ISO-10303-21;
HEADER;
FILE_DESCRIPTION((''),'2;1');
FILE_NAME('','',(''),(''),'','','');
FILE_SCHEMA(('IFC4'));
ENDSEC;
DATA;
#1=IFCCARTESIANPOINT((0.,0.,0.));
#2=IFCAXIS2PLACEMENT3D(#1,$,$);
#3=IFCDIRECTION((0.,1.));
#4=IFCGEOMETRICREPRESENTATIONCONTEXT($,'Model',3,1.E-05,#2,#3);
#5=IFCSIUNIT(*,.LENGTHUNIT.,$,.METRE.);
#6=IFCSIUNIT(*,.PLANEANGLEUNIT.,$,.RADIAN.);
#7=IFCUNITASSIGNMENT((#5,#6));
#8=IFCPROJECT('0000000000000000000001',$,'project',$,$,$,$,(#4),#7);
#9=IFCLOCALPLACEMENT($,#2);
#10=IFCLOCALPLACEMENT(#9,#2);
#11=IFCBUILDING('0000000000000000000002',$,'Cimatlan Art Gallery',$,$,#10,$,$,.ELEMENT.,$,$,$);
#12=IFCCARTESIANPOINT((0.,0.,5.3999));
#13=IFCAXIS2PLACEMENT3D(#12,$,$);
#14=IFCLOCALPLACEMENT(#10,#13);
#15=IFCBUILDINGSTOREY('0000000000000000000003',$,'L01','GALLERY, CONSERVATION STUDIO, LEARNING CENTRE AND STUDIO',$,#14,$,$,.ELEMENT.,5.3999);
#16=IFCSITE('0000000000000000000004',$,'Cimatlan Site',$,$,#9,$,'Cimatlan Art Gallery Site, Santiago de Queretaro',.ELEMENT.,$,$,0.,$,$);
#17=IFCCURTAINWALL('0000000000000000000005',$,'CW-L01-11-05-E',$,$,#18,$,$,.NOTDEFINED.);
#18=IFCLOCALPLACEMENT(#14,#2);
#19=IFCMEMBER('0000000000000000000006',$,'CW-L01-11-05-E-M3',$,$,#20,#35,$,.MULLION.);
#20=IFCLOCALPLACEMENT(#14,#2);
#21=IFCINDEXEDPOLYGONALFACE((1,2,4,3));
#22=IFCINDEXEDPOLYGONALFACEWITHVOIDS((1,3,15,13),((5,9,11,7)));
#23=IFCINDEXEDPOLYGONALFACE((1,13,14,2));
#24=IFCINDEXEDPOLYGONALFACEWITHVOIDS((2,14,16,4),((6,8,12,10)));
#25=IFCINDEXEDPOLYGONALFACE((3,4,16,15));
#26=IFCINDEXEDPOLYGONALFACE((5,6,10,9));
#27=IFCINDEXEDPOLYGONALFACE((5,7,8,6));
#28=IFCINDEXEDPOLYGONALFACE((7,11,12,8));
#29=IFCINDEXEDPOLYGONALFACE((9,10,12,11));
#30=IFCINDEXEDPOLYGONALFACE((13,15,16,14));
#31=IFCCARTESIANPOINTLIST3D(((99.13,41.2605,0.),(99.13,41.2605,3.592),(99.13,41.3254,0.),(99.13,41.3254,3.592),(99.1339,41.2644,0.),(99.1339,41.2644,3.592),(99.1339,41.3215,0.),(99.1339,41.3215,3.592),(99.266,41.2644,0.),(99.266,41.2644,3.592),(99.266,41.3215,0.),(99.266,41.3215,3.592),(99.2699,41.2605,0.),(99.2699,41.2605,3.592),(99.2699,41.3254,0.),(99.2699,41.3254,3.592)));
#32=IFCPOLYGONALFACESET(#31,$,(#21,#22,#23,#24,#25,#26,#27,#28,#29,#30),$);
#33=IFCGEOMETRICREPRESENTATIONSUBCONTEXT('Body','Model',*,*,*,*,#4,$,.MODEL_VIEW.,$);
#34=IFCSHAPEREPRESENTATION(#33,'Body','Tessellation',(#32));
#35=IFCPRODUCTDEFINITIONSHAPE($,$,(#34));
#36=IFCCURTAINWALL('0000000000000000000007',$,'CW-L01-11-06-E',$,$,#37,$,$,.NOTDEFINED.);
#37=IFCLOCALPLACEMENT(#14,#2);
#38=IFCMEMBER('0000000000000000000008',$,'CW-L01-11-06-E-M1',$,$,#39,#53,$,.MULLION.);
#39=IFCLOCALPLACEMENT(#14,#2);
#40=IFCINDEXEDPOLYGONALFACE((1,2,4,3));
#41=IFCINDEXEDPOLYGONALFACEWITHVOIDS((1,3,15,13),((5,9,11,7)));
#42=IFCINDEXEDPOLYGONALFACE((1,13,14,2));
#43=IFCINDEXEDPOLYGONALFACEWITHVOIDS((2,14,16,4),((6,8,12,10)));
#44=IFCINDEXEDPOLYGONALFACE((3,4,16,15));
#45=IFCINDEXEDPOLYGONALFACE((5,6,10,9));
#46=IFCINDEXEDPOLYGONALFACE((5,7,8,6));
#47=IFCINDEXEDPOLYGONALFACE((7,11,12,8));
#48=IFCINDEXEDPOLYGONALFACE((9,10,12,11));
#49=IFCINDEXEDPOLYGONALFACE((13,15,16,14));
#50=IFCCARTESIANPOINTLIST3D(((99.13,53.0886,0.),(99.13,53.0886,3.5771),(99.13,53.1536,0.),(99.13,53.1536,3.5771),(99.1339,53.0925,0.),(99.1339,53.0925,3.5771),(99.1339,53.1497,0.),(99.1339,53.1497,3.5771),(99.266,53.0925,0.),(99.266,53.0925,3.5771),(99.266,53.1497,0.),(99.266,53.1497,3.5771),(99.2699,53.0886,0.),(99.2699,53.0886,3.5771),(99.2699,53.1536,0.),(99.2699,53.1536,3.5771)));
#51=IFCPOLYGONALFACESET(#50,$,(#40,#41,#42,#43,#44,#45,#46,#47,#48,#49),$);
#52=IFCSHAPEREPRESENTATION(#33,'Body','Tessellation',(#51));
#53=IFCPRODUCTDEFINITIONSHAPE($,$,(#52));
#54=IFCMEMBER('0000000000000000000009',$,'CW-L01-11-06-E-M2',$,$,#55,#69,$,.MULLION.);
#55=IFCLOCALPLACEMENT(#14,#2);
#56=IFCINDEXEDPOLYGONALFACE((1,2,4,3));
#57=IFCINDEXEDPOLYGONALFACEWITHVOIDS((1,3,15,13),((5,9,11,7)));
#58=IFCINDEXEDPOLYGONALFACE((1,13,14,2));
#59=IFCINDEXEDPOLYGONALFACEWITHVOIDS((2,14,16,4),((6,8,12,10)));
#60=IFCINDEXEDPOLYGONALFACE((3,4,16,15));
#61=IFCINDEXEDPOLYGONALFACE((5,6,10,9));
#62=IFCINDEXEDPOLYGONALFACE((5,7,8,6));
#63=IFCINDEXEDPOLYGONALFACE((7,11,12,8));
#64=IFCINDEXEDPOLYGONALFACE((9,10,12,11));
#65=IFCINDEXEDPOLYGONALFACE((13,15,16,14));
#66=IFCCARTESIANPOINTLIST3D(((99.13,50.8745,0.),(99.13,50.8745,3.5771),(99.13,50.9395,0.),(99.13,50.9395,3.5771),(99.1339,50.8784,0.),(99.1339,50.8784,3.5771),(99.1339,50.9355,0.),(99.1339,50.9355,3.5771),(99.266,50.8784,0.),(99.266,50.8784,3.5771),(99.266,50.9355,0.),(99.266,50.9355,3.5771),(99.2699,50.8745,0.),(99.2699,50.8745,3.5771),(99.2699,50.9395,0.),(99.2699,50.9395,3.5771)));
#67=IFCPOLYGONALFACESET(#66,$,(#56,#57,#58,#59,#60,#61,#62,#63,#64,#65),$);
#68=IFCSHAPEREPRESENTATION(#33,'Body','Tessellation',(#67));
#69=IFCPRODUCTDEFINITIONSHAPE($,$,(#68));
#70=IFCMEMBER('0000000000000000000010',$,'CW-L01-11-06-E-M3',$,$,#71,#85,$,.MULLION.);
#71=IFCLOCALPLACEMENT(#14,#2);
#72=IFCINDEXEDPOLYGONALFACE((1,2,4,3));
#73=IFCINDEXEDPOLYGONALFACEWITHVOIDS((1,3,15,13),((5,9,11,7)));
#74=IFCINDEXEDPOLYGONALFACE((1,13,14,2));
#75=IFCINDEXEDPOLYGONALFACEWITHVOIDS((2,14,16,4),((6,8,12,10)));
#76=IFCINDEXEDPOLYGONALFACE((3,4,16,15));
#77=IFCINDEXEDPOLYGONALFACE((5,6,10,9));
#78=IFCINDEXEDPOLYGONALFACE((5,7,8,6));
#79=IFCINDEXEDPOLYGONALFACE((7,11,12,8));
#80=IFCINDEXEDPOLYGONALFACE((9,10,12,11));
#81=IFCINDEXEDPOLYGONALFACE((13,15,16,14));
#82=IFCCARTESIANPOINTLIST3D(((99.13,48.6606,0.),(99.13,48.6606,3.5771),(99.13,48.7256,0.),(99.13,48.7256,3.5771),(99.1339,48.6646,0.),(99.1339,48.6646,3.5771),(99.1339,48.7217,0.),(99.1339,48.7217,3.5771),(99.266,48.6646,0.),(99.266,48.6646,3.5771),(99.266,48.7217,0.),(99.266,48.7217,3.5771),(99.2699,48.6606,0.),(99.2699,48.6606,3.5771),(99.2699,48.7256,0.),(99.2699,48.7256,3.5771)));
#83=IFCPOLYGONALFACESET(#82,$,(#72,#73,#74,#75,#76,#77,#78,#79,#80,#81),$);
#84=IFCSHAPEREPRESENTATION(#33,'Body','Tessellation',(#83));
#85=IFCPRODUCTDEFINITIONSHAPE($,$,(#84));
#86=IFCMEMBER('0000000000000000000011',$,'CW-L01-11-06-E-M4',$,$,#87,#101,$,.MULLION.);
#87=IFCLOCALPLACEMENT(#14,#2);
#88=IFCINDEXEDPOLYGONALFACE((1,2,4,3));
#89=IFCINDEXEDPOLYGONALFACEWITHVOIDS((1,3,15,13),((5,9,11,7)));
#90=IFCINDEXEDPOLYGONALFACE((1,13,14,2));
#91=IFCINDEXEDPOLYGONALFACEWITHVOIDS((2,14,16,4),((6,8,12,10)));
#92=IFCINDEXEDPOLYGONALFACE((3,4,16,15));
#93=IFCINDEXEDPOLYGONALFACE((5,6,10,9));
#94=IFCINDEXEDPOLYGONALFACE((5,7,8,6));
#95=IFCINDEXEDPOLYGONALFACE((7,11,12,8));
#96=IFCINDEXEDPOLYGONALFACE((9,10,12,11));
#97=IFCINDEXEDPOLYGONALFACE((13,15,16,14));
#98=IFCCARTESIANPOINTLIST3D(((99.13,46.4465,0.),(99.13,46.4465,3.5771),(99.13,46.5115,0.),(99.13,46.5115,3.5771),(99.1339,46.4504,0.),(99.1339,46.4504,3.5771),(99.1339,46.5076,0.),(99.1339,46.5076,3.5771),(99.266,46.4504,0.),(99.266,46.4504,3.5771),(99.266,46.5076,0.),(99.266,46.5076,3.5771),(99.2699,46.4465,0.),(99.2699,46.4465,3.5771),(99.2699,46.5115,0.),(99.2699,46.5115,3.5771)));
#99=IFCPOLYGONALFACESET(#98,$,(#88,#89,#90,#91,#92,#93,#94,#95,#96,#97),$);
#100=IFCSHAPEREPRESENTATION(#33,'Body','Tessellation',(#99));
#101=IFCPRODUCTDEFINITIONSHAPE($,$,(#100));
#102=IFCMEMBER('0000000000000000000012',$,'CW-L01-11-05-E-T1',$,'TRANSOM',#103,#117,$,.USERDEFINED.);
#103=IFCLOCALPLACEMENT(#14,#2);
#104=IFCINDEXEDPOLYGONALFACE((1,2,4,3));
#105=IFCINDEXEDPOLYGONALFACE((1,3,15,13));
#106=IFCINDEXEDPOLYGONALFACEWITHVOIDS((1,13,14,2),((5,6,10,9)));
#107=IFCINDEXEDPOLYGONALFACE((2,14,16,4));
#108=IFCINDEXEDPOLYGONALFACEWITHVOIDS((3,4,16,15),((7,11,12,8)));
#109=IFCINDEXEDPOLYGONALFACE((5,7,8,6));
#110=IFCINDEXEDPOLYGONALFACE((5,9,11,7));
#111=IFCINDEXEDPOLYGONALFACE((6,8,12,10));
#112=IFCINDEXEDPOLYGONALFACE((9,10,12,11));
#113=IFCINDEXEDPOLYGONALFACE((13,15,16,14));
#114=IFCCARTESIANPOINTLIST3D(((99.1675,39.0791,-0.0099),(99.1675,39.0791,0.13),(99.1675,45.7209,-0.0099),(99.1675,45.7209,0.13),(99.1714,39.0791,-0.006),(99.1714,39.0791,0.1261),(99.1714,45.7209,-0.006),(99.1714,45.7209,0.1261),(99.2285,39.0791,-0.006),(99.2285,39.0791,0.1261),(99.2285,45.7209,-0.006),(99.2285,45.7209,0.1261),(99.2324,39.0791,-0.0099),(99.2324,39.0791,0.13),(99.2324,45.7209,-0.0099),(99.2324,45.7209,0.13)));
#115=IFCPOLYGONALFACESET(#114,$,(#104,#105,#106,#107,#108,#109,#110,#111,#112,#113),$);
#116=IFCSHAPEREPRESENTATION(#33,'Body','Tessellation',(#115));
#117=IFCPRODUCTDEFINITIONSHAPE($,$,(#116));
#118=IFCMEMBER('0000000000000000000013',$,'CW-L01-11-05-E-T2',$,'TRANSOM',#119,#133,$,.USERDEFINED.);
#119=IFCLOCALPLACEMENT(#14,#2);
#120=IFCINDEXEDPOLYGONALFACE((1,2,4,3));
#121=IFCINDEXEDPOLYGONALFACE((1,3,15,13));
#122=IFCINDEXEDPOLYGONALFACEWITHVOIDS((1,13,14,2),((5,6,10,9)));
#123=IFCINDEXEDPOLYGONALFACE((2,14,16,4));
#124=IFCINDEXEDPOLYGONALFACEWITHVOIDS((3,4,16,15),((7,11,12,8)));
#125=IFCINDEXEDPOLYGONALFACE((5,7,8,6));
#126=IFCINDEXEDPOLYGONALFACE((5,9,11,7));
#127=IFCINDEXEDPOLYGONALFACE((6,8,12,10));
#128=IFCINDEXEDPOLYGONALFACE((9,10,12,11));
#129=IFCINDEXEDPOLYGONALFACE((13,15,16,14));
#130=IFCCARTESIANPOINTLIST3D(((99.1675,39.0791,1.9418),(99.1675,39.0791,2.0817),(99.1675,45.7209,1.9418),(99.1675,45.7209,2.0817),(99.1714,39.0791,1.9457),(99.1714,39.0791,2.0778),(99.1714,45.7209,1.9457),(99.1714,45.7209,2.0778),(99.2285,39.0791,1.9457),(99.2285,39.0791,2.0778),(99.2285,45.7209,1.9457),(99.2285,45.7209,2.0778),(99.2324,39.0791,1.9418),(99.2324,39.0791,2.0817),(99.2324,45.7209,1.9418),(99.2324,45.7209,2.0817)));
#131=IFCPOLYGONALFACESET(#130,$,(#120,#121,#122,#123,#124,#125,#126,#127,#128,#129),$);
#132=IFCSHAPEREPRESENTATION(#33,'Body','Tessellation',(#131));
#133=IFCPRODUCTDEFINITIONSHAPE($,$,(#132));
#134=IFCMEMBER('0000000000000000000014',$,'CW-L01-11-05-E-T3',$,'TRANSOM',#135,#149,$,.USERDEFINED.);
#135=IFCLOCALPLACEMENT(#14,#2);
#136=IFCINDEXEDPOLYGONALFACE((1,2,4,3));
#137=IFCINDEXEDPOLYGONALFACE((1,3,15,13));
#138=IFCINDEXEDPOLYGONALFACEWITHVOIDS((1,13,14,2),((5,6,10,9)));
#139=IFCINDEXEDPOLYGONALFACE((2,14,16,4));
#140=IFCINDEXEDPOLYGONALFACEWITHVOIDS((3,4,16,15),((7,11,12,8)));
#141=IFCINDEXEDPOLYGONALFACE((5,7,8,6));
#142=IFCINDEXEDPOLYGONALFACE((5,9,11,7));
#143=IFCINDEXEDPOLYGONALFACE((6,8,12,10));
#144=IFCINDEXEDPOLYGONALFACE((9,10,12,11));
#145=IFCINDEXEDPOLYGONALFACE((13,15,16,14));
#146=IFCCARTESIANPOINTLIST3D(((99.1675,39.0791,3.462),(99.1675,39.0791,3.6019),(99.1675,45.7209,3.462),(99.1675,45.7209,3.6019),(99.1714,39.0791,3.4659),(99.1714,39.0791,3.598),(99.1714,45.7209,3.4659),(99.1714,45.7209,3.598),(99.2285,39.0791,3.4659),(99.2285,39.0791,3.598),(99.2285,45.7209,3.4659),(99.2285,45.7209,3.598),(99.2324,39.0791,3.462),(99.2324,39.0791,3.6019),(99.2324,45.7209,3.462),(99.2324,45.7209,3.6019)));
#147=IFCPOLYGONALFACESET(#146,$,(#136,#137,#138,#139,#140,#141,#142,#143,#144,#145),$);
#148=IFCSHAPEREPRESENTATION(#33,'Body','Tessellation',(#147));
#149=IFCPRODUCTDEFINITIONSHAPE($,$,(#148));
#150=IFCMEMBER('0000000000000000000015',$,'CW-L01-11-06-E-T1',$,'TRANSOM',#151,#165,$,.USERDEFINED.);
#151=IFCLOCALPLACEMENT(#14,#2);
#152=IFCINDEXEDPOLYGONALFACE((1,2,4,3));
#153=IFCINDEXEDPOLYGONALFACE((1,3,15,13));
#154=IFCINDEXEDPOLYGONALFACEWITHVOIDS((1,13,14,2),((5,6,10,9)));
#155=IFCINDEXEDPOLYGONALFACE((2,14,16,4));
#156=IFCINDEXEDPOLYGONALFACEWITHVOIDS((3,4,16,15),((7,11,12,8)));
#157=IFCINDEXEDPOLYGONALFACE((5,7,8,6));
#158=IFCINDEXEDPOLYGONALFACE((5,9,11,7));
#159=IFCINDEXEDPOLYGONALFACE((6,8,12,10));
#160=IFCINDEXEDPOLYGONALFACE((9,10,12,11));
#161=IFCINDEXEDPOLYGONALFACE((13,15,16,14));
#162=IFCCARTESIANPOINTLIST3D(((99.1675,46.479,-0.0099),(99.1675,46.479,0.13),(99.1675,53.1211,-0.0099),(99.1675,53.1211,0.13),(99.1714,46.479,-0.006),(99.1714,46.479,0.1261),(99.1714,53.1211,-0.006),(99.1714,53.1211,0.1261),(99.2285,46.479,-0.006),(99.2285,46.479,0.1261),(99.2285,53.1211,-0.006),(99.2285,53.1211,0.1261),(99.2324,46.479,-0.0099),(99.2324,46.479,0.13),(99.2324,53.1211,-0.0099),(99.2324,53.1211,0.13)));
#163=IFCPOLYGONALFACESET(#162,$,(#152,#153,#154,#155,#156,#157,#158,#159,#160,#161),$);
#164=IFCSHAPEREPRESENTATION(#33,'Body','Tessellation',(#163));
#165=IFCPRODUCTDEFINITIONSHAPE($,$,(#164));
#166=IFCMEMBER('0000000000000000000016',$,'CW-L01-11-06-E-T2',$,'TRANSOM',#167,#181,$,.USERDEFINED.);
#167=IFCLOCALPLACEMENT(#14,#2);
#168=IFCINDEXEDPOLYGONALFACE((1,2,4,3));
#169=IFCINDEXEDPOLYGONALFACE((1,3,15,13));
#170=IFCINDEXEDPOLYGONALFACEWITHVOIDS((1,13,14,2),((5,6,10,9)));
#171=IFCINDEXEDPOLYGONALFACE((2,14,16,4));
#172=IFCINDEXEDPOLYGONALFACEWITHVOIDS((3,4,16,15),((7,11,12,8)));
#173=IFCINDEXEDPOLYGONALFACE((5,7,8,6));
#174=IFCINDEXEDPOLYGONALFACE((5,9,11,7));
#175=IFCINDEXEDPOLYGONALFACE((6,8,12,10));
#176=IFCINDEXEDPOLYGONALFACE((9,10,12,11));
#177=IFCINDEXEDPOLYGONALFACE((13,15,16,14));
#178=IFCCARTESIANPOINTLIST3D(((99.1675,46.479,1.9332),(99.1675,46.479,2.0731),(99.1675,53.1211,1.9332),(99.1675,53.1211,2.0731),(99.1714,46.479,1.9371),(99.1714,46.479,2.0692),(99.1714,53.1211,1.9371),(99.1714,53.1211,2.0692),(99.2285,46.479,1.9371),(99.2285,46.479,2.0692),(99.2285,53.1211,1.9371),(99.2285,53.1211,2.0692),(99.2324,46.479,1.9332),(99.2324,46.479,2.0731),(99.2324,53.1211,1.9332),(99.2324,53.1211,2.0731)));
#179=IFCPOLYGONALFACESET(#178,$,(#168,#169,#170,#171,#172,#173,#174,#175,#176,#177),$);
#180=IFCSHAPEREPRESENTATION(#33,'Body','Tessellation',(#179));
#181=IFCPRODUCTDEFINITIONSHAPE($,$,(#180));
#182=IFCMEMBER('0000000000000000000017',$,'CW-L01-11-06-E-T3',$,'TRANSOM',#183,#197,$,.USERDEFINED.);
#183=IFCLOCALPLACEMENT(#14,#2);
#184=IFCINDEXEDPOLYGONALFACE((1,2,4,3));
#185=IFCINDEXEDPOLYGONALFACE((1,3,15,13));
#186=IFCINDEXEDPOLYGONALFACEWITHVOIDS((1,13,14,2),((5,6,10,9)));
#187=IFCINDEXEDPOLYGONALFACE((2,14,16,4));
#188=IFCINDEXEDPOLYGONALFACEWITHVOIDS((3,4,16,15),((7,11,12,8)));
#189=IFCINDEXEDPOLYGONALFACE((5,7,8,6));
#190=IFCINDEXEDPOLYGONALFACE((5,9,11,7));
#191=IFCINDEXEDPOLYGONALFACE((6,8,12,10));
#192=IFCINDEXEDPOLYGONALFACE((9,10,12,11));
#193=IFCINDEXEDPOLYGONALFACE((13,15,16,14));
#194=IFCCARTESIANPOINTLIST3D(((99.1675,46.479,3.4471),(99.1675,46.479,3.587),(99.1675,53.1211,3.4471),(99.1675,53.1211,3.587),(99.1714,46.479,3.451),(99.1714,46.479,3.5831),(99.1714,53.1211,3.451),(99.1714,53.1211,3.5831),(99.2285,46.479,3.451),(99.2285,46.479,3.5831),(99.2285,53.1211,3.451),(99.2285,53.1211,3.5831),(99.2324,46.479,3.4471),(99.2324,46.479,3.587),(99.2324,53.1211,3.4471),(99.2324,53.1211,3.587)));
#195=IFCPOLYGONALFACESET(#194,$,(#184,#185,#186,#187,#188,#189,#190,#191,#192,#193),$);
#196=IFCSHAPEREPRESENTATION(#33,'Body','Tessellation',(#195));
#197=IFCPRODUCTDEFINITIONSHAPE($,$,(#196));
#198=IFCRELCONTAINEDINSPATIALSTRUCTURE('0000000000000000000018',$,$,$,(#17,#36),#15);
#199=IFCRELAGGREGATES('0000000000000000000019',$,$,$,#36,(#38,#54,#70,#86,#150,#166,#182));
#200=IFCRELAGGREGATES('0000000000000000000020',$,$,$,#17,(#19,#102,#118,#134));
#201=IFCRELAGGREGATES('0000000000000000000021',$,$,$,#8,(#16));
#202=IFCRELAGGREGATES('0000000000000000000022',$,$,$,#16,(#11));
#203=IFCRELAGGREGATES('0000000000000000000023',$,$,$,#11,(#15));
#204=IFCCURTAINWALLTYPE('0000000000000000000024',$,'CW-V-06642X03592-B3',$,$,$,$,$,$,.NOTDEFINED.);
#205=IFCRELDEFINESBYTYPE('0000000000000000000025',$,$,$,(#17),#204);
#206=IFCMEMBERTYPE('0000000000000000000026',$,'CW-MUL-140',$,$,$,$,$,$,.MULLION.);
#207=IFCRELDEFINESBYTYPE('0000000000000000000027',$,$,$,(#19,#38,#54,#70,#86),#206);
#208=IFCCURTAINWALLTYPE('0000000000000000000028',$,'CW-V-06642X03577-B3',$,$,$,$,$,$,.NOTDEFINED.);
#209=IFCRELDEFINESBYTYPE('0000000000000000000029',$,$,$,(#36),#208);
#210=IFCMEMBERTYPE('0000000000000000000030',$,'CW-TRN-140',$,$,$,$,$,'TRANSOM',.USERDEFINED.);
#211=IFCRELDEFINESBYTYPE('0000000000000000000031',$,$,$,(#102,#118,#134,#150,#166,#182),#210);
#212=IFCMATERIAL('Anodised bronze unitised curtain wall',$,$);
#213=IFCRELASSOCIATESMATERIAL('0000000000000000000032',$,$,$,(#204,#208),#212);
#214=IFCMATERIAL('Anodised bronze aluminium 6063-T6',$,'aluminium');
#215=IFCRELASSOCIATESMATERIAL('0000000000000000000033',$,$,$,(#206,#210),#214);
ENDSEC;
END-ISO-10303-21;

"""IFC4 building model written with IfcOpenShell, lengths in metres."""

from ifc_helpers import new_model, si_unit, direction, frame, origin, origin_2d, place, context, subcontext, project, spatial, hollow_rectangle, extrude, material, material_profile, profile_set, type_object, element, aggregate, save


model = new_model("IFC4")

# Units and contexts
model_context = context("Model", 3, precision=1e-05, world=origin(), true_north=direction((0.0, 1.0)))
body_context = subcontext(model_context, "Body", "Model", "MODEL_VIEW")
ifc_project = project(units=[si_unit("LENGTHUNIT", "METRE"), si_unit("PLANEANGLEUNIT", "RADIAN")], contexts=[model_context])

# Site, building, storey
site_placement = place(None, origin())
site = spatial("IfcSite", under=ifc_project, at=site_placement, Name="Cimatlan Site", LongName="Cimatlan Art Gallery Site, Santiago de Queretaro", CompositionType="ELEMENT", RefElevation=0.0)
building_placement = place(site_placement, origin())
building = spatial("IfcBuilding", under=site, at=building_placement, Name="Cimatlan Art Gallery", CompositionType="ELEMENT")
storey_placement = place(building_placement, frame((0.0, 0.0, 5.3999)))
storey = spatial("IfcBuildingStorey", under=building, at=storey_placement, Name="L01", Description="GALLERY, CONSERVATION STUDIO, LEARNING CENTRE AND STUDIO", CompositionType="ELEMENT", Elevation=5.3999)

# Curtain walls, members
ifc_material_1 = material(Name="Anodised bronze unitised curtain wall")
curtain_wall_type_1 = type_object("IfcCurtainWallType", Name="CW-V-06642X03592-B3", PredefinedType="NOTDEFINED", material=ifc_material_1)
curtain_wall_1_placement = place(storey_placement, origin())
curtain_wall_1 = element("IfcCurtainWall", 1, at=curtain_wall_1_placement, inside=storey, type_object=curtain_wall_type_1, Name="CW-L01-11-05-E", PredefinedType="NOTDEFINED")
ifc_material_2 = material(Name="Anodised bronze aluminium 6063-T6", Category="aluminium")
ifc_material_profile_1 = material_profile(ifc_material_2, hollow_rectangle(XDim=0.0649, YDim=0.1399, WallThickness=0.0039, at=origin_2d()), Name="ALU65X140X4")
ifc_profile_set_1 = profile_set([ifc_material_profile_1], Name="Anodised bronze aluminium 6063-T6")
member_type_1 = type_object("IfcMemberType", Name="CW-MUL-140", PredefinedType="MULLION", material=ifc_profile_set_1)
member_1_placement = place(storey_placement, frame((99.2, 41.293, 0.0), z_axis=(0.0, 0.0, 1.0), x_axis=(0.0, 1.0, 0.0)))
member_1 = element("IfcMember", 2, at=member_1_placement, type_object=member_type_1, Name="CW-L01-11-05-E-M3", PredefinedType="MULLION", context=body_context, shape_type="SweptSolid", body=[
    extrude(hollow_rectangle(XDim=0.0649, YDim=0.1399, WallThickness=0.0039, at=origin_2d()), origin(), (0.0, 0.0, 1.0), 3.592),
])
curtain_wall_type_2 = type_object("IfcCurtainWallType", Name="CW-V-06642X03577-B3", PredefinedType="NOTDEFINED", material=ifc_material_1)
curtain_wall_2_placement = place(storey_placement, origin())
curtain_wall_2 = element("IfcCurtainWall", 3, at=curtain_wall_2_placement, inside=storey, type_object=curtain_wall_type_2, Name="CW-L01-11-06-E", PredefinedType="NOTDEFINED")
member_2_placement = place(storey_placement, frame((99.2, 53.1211, 0.0), z_axis=(0.0, 0.0, 1.0), x_axis=(0.0, 1.0, 0.0)))
member_2 = element("IfcMember", 4, at=member_2_placement, type_object=member_type_1, Name="CW-L01-11-06-E-M1", PredefinedType="MULLION", context=body_context, shape_type="SweptSolid", body=[
    extrude(hollow_rectangle(XDim=0.0649, YDim=0.1399, WallThickness=0.0039, at=origin_2d()), origin(), (0.0, 0.0, 1.0), 3.5771),
])
member_3_placement = place(storey_placement, frame((99.2, 50.907, 0.0), z_axis=(0.0, 0.0, 1.0), x_axis=(0.0, 1.0, 0.0)))
member_3 = element("IfcMember", 5, at=member_3_placement, type_object=member_type_1, Name="CW-L01-11-06-E-M2", PredefinedType="MULLION", context=body_context, shape_type="SweptSolid", body=[
    extrude(hollow_rectangle(XDim=0.0649, YDim=0.1399, WallThickness=0.0039, at=origin_2d()), origin(), (0.0, 0.0, 1.0), 3.5771),
])
member_4_placement = place(storey_placement, frame((99.2, 48.6931, 0.0), z_axis=(0.0, 0.0, 1.0), x_axis=(0.0, 1.0, 0.0)))
member_4 = element("IfcMember", 6, at=member_4_placement, type_object=member_type_1, Name="CW-L01-11-06-E-M3", PredefinedType="MULLION", context=body_context, shape_type="SweptSolid", body=[
    extrude(hollow_rectangle(XDim=0.0649, YDim=0.1399, WallThickness=0.0039, at=origin_2d()), origin(), (0.0, 0.0, 1.0), 3.5771),
])
member_5_placement = place(storey_placement, frame((99.2, 46.479, 0.0), z_axis=(0.0, 0.0, 1.0), x_axis=(0.0, 1.0, 0.0)))
member_5 = element("IfcMember", 7, at=member_5_placement, type_object=member_type_1, Name="CW-L01-11-06-E-M4", PredefinedType="MULLION", context=body_context, shape_type="SweptSolid", body=[
    extrude(hollow_rectangle(XDim=0.0649, YDim=0.1399, WallThickness=0.0039, at=origin_2d()), origin(), (0.0, 0.0, 1.0), 3.5771),
])

# Members
ifc_material_profile_2 = material_profile(ifc_material_2, hollow_rectangle(XDim=0.0649, YDim=0.1399, WallThickness=0.0039, at=origin_2d()), Name="ALU65X140X4")
ifc_profile_set_2 = profile_set([ifc_material_profile_2], Name="Anodised bronze aluminium 6063-T6")
member_type_2 = type_object("IfcMemberType", Name="CW-TRN-140", ElementType="TRANSOM", PredefinedType="USERDEFINED", material=ifc_profile_set_2)
member_6_placement = place(storey_placement, frame((99.2, 45.7209, 0.0601), z_axis=(0.0, -1.0, 0.0), x_axis=(1.0, 0.0, 0.0)))
member_6 = element("IfcMember", 8, at=member_6_placement, type_object=member_type_2, Name="CW-L01-11-05-E-T1", ObjectType="TRANSOM", PredefinedType="USERDEFINED", context=body_context, shape_type="SweptSolid", body=[
    extrude(hollow_rectangle(XDim=0.0649, YDim=0.1399, WallThickness=0.0039, at=origin_2d()), origin(), (0.0, 0.0, 1.0), 6.6418),
])
member_7_placement = place(storey_placement, frame((99.2, 45.7209, 2.0117), z_axis=(0.0, -1.0, 0.0), x_axis=(1.0, 0.0, 0.0)))
member_7 = element("IfcMember", 9, at=member_7_placement, type_object=member_type_2, Name="CW-L01-11-05-E-T2", ObjectType="TRANSOM", PredefinedType="USERDEFINED", context=body_context, shape_type="SweptSolid", body=[
    extrude(hollow_rectangle(XDim=0.0649, YDim=0.1399, WallThickness=0.0039, at=origin_2d()), origin(), (0.0, 0.0, 1.0), 6.6418),
])
member_8_placement = place(storey_placement, frame((99.2, 45.7209, 3.532), z_axis=(0.0, -1.0, 0.0), x_axis=(1.0, 0.0, 0.0)))
member_8 = element("IfcMember", 10, at=member_8_placement, type_object=member_type_2, Name="CW-L01-11-05-E-T3", ObjectType="TRANSOM", PredefinedType="USERDEFINED", context=body_context, shape_type="SweptSolid", body=[
    extrude(hollow_rectangle(XDim=0.0649, YDim=0.1399, WallThickness=0.0039, at=origin_2d()), origin(), (0.0, 0.0, 1.0), 6.6418),
])
member_9_placement = place(storey_placement, frame((99.2, 53.1211, 0.0601), z_axis=(0.0, -1.0, 0.0), x_axis=(1.0, 0.0, 0.0)))
member_9 = element("IfcMember", 11, at=member_9_placement, type_object=member_type_2, Name="CW-L01-11-06-E-T1", ObjectType="TRANSOM", PredefinedType="USERDEFINED", context=body_context, shape_type="SweptSolid", body=[
    extrude(hollow_rectangle(XDim=0.0649, YDim=0.1399, WallThickness=0.0039, at=origin_2d()), origin(), (0.0, 0.0, 1.0), 6.6421),
])
member_10_placement = place(storey_placement, frame((99.2, 53.1211, 2.0032), z_axis=(0.0, -1.0, 0.0), x_axis=(1.0, 0.0, 0.0)))
member_10 = element("IfcMember", 12, at=member_10_placement, type_object=member_type_2, Name="CW-L01-11-06-E-T2", ObjectType="TRANSOM", PredefinedType="USERDEFINED", context=body_context, shape_type="SweptSolid", body=[
    extrude(hollow_rectangle(XDim=0.0649, YDim=0.1399, WallThickness=0.0039, at=origin_2d()), origin(), (0.0, 0.0, 1.0), 6.6421),
])
member_11_placement = place(storey_placement, frame((99.2, 53.1211, 3.5171), z_axis=(0.0, -1.0, 0.0), x_axis=(1.0, 0.0, 0.0)))
member_11 = element("IfcMember", 13, at=member_11_placement, type_object=member_type_2, Name="CW-L01-11-06-E-T3", ObjectType="TRANSOM", PredefinedType="USERDEFINED", context=body_context, shape_type="SweptSolid", body=[
    extrude(hollow_rectangle(XDim=0.0649, YDim=0.1399, WallThickness=0.0039, at=origin_2d()), origin(), (0.0, 0.0, 1.0), 6.6421),
])

aggregate(curtain_wall_2, [member_2, member_3, member_4, member_5, member_9, member_10, member_11])
aggregate(curtain_wall_1, [member_1, member_6, member_7, member_8])

save(model, "model.ifc")
